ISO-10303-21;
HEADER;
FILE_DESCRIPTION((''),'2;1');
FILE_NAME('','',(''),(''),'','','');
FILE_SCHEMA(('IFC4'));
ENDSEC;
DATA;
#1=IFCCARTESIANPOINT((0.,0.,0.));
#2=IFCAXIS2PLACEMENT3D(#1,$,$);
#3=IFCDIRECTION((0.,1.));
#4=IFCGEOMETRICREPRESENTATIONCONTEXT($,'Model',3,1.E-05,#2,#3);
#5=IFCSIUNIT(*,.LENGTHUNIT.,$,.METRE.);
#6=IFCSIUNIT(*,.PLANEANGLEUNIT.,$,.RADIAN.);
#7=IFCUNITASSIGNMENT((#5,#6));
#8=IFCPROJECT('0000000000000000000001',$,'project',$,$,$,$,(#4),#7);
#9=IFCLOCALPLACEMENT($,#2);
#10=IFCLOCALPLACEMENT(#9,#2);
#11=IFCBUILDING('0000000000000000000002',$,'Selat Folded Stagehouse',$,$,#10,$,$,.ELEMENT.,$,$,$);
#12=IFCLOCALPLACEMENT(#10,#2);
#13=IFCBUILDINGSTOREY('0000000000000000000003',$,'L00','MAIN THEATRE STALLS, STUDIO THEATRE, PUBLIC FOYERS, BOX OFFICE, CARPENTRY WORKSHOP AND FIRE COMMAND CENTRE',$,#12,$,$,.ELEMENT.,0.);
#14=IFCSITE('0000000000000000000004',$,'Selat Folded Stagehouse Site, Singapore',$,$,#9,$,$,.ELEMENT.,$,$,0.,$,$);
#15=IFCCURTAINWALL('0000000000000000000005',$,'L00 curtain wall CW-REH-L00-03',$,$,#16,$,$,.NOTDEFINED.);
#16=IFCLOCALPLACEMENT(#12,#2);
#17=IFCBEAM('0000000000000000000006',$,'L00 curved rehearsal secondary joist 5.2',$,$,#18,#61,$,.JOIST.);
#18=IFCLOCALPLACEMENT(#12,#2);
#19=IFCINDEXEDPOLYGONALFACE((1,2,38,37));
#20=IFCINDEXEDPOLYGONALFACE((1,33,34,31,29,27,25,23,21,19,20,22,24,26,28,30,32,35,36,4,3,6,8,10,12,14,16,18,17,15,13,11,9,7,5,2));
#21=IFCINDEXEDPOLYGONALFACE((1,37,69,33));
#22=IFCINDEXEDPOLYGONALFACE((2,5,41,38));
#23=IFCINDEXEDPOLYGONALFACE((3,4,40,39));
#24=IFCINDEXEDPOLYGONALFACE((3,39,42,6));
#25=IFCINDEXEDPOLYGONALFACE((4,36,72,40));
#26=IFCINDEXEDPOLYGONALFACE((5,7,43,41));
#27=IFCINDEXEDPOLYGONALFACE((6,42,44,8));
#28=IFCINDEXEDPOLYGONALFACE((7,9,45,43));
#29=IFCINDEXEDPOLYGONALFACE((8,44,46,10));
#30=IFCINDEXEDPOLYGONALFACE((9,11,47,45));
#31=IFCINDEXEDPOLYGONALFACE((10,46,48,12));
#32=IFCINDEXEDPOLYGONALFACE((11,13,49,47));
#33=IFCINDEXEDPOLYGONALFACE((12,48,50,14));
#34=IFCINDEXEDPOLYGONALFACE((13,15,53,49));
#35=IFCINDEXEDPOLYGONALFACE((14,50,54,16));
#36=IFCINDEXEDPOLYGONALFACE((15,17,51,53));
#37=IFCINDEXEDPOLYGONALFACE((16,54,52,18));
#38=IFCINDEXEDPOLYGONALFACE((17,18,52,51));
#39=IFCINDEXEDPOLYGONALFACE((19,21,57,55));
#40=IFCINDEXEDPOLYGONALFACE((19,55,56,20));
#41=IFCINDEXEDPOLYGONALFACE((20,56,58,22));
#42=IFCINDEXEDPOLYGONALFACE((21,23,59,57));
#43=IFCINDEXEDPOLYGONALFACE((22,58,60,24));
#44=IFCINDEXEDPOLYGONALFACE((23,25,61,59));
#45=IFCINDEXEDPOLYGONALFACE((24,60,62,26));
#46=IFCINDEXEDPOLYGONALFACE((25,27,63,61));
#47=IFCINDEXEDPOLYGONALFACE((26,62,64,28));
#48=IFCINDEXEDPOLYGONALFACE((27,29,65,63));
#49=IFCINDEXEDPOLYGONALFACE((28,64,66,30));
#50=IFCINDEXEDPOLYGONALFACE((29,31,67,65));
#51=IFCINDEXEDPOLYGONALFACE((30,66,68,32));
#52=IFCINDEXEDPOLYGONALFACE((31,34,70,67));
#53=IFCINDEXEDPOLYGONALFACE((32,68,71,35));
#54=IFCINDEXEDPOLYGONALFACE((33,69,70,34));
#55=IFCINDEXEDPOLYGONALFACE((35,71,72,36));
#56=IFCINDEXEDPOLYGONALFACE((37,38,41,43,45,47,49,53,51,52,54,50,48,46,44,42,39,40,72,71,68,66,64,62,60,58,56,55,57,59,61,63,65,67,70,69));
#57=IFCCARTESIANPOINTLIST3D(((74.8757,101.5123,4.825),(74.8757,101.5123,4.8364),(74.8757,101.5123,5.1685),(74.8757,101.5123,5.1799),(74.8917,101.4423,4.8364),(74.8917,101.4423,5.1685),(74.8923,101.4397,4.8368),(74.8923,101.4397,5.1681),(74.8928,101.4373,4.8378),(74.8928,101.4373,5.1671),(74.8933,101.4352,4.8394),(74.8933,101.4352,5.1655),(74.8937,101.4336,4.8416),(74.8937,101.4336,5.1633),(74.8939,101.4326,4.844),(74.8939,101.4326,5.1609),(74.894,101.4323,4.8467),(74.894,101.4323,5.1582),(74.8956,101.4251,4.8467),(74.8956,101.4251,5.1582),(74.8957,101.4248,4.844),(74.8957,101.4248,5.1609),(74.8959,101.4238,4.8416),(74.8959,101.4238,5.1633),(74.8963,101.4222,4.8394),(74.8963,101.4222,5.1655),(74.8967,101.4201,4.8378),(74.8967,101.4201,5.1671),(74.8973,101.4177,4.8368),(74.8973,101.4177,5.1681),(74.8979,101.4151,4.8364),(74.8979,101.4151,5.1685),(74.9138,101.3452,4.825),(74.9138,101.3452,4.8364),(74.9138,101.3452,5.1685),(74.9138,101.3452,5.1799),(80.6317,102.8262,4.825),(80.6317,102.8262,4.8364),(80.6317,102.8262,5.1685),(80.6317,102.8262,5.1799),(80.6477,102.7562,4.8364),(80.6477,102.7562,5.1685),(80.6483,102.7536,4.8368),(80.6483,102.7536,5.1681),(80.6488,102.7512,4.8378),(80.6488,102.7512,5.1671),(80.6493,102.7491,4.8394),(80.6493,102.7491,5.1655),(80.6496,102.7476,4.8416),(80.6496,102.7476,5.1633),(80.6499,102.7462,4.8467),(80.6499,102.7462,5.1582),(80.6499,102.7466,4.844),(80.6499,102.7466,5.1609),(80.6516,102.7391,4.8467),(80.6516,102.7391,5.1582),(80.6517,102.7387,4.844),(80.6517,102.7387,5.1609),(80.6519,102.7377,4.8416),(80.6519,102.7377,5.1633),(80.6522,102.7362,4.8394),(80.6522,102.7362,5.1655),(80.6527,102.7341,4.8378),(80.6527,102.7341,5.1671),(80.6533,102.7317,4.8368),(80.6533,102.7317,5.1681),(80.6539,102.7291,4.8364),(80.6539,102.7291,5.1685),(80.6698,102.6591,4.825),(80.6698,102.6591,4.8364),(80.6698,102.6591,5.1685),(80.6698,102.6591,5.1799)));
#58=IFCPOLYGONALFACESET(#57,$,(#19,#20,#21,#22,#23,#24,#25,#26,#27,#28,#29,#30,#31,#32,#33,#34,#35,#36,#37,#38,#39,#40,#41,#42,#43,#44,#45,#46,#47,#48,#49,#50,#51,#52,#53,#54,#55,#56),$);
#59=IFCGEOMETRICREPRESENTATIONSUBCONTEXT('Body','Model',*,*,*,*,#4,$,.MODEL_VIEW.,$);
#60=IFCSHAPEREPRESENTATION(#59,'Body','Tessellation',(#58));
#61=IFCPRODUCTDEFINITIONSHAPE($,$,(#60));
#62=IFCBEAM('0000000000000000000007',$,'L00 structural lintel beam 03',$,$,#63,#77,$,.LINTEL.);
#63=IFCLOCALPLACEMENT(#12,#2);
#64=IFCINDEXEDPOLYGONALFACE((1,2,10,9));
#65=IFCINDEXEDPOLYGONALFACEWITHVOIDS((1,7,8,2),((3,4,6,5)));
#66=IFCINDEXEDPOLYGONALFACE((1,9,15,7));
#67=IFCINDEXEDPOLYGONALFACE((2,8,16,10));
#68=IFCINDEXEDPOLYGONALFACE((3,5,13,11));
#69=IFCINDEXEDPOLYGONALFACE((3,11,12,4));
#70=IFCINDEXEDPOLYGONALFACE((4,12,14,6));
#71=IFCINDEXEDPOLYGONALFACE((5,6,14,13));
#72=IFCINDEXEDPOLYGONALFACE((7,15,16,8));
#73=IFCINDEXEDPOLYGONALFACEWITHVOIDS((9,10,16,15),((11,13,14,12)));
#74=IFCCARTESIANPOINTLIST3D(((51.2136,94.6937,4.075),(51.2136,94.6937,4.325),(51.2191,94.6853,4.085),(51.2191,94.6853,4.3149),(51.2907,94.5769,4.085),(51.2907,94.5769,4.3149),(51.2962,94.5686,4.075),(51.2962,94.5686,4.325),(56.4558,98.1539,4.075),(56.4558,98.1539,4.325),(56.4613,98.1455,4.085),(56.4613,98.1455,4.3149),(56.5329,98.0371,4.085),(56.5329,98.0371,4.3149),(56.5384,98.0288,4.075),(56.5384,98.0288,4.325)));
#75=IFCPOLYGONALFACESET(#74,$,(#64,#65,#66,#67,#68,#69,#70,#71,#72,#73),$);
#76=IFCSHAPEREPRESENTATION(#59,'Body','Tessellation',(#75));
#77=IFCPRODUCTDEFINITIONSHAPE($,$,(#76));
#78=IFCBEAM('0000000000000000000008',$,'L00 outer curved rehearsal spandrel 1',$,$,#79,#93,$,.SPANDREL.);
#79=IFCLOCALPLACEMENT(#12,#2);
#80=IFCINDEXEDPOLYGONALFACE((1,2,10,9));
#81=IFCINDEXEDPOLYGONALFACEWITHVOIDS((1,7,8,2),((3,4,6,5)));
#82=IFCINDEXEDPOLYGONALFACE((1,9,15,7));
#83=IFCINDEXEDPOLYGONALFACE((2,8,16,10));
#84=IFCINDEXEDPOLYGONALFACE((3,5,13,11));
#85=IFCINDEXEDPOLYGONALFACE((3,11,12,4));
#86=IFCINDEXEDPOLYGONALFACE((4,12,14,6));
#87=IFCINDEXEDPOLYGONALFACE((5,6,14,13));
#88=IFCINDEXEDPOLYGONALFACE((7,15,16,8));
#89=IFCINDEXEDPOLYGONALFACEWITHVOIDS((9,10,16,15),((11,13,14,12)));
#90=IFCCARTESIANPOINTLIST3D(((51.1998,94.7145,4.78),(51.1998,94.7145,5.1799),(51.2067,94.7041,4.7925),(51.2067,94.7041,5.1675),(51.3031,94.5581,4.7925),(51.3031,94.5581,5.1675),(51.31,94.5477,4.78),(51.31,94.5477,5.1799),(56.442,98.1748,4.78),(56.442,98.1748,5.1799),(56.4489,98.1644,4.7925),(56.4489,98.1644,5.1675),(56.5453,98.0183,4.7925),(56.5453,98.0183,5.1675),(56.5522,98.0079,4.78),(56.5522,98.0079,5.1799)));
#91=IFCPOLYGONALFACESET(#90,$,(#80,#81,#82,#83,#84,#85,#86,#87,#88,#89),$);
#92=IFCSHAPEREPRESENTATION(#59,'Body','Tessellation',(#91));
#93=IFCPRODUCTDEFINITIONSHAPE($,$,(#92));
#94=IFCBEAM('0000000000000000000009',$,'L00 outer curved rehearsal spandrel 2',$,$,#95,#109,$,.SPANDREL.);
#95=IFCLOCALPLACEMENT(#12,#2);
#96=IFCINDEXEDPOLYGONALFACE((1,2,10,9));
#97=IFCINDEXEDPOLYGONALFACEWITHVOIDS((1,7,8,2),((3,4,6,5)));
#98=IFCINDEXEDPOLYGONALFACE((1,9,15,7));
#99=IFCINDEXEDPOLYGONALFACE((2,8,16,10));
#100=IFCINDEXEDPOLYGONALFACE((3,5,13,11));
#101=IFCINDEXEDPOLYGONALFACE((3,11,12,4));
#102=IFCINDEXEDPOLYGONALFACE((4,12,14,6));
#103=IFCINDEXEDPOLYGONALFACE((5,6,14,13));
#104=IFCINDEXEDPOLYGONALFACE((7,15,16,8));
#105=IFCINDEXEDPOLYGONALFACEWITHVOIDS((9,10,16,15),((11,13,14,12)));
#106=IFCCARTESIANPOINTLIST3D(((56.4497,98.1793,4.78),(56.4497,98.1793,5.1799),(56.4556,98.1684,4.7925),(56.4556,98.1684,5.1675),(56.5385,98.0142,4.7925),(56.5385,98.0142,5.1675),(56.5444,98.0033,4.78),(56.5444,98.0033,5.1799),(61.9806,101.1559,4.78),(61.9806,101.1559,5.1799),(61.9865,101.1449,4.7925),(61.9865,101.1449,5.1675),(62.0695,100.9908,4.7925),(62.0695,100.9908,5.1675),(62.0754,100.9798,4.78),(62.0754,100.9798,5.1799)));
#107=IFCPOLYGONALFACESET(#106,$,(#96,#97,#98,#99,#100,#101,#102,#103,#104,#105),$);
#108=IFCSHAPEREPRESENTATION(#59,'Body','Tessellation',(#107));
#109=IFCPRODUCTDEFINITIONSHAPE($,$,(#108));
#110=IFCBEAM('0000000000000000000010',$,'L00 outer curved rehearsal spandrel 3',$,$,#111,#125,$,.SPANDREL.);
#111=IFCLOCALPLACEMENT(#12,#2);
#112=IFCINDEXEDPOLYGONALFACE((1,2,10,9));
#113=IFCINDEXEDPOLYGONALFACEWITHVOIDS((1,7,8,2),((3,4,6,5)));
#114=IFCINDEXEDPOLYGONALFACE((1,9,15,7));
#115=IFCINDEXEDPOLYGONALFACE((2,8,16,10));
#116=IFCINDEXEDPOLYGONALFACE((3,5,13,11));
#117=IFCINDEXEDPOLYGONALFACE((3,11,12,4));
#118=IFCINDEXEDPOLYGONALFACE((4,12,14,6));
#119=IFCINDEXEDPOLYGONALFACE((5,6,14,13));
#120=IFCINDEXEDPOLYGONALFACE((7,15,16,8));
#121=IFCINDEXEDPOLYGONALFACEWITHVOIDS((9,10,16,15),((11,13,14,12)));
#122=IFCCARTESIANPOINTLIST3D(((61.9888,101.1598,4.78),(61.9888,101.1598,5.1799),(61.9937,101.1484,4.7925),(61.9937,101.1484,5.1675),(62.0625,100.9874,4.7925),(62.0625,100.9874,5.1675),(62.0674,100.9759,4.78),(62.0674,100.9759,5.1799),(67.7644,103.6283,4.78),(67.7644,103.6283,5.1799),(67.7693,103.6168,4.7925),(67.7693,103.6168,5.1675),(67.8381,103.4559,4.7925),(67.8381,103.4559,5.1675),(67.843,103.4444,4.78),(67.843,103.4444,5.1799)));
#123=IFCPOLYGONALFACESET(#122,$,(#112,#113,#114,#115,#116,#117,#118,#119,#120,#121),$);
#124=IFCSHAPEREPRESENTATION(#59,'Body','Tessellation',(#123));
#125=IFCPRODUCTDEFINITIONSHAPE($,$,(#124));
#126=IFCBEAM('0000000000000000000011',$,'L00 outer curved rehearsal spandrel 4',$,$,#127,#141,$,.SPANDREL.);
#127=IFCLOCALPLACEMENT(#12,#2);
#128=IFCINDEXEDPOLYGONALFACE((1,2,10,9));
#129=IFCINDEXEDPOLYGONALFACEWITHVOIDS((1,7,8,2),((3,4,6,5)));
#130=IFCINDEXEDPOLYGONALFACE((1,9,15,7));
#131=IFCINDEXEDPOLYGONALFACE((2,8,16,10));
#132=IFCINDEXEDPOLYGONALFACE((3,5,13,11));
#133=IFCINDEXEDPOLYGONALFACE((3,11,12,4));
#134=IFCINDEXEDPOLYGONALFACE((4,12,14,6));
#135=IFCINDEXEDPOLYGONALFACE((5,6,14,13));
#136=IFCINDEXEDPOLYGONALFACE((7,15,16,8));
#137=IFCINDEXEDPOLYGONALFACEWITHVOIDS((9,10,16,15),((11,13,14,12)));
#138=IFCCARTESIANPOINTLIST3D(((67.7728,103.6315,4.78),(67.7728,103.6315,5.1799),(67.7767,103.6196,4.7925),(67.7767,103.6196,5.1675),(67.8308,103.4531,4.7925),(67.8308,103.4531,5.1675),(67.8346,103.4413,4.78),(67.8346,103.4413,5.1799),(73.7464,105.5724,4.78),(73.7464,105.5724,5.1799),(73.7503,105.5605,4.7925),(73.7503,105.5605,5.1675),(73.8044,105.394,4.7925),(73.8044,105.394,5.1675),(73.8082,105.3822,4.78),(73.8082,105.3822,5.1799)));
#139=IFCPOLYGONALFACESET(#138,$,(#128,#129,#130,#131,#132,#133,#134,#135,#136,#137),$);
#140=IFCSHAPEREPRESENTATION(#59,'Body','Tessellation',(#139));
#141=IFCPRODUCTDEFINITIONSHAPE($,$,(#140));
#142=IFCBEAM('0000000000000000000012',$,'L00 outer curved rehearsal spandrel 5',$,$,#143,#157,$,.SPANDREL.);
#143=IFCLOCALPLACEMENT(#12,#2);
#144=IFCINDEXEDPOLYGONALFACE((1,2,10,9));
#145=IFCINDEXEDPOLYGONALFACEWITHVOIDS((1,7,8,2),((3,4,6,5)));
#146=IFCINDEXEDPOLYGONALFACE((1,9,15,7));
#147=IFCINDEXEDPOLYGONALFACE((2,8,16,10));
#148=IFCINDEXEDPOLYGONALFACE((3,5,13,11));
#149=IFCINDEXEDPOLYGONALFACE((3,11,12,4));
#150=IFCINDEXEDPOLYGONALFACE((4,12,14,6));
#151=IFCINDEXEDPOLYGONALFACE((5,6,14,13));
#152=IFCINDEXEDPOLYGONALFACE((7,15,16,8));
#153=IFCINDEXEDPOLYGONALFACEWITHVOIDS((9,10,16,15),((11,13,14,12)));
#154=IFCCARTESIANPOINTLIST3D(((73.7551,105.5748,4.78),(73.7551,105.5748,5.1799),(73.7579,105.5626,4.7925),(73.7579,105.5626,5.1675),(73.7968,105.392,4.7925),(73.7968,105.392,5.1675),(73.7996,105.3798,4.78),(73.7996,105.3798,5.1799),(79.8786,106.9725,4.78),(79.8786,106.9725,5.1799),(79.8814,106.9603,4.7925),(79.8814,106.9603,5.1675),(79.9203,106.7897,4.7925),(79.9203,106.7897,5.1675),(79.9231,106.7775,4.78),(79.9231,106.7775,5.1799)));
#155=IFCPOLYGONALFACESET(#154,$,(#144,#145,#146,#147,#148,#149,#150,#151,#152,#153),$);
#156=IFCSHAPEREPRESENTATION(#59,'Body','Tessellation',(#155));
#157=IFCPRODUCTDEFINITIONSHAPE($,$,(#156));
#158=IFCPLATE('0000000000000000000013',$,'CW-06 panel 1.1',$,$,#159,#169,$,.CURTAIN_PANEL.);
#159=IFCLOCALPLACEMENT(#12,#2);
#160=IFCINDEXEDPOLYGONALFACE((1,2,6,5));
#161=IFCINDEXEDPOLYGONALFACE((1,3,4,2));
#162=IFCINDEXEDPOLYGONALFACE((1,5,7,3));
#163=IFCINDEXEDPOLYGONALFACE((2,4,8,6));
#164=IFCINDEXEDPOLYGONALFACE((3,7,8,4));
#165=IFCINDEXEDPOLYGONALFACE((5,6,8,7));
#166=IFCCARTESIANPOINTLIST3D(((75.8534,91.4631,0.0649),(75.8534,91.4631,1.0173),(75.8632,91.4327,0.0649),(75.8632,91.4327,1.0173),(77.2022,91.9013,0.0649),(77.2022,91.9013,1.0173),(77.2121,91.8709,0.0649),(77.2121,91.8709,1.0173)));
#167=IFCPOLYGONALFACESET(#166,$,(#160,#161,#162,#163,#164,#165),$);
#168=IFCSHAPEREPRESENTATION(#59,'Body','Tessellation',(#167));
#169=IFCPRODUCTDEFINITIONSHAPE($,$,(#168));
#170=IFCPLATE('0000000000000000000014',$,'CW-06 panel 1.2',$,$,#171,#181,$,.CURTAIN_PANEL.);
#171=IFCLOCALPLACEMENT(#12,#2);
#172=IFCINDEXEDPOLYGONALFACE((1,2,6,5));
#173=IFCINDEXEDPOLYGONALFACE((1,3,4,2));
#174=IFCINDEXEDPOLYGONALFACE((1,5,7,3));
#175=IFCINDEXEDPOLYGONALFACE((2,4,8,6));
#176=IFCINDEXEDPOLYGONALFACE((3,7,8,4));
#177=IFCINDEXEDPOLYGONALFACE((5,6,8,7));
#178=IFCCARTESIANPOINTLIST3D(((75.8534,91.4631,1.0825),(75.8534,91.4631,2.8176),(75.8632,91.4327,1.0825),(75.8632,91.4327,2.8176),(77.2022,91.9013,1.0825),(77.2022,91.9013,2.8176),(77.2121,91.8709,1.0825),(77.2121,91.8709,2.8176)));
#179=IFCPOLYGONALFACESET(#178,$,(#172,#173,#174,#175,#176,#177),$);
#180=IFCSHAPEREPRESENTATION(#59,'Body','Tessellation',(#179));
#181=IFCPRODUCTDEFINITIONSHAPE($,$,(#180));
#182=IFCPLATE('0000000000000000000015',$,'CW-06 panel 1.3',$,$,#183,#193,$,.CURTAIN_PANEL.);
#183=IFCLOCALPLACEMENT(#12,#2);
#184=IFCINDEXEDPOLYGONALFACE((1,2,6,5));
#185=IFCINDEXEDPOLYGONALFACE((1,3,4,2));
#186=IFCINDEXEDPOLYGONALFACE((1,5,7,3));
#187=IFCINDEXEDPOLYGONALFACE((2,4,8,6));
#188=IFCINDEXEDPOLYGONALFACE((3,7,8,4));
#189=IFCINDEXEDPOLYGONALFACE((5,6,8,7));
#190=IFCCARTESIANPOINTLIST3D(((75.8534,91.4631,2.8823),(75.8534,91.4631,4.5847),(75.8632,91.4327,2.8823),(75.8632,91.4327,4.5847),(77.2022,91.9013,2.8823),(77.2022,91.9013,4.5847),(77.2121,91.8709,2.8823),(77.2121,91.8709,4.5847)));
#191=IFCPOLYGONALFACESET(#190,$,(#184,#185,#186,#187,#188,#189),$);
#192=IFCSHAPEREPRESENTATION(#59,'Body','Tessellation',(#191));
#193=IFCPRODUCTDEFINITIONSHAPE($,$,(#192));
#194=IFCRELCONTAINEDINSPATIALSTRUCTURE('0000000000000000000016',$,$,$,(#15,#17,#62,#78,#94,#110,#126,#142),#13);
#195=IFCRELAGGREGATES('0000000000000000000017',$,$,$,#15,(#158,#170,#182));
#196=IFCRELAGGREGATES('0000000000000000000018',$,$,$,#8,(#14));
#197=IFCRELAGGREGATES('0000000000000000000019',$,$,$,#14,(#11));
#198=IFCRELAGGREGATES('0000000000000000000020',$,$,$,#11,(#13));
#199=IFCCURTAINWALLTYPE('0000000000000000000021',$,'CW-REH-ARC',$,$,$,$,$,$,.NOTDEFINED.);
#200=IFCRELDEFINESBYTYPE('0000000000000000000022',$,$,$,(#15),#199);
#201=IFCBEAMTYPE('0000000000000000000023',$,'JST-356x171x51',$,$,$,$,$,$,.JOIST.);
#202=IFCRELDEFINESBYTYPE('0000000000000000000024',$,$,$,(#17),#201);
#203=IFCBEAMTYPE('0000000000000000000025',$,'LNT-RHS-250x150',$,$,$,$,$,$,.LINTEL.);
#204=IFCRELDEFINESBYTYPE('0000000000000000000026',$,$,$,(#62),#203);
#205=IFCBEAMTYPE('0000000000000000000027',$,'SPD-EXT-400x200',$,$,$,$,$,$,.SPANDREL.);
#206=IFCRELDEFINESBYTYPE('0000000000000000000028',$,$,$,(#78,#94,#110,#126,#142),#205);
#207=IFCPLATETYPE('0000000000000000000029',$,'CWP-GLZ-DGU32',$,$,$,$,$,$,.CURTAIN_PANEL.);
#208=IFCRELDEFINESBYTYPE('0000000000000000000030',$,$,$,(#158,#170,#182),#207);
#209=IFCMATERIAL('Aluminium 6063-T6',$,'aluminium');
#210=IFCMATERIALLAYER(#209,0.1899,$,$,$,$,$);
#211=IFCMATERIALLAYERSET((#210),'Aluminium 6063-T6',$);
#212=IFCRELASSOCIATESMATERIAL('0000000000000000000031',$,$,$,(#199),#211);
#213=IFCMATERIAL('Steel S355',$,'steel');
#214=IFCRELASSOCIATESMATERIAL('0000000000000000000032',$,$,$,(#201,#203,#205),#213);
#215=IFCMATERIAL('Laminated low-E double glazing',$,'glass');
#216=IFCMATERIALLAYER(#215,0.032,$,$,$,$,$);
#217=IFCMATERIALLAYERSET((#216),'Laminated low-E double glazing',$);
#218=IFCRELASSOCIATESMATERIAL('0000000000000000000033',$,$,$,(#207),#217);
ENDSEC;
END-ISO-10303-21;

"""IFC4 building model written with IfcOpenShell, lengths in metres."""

from ifc_helpers import new_model, si_unit, direction, frame, origin, origin_2d, place, context, subcontext, project, spatial, rectangle, hollow_rectangle, i_section, extrude, material, layer, layer_set, material_profile, profile_set, type_object, element, aggregate, save


model = new_model("IFC4")

# Units and contexts
model_context = context("Model", 3, precision=1e-05, world=origin(), true_north=direction((0.0, 1.0)))
body_context = subcontext(model_context, "Body", "Model", "MODEL_VIEW")
ifc_project = project(units=[si_unit("LENGTHUNIT", "METRE"), si_unit("PLANEANGLEUNIT", "RADIAN")], contexts=[model_context])

# Site, building, storey
site_placement = place(None, origin())
site = spatial("IfcSite", under=ifc_project, at=site_placement, Name="Selat Folded Stagehouse Site, Singapore", CompositionType="ELEMENT", RefElevation=0.0)
building_placement = place(site_placement, origin())
building = spatial("IfcBuilding", under=site, at=building_placement, Name="Selat Folded Stagehouse", CompositionType="ELEMENT")
storey_placement = place(building_placement, origin())
storey = spatial("IfcBuildingStorey", under=building, at=storey_placement, Name="L00", Description="MAIN THEATRE STALLS, STUDIO THEATRE, PUBLIC FOYERS, BOX OFFICE, CARPENTRY WORKSHOP AND FIRE COMMAND CENTRE", CompositionType="ELEMENT", Elevation=0.0)

# Shared definitions
ifc_material_1 = material(Name="Steel S355", Category="steel")

# Curtain wall
ifc_material_2 = material(Name="Aluminium 6063-T6", Category="aluminium")
ifc_layer_1 = layer(ifc_material_2, 0.1899)
ifc_layer_set_1 = layer_set([ifc_layer_1], Name="Aluminium 6063-T6")
curtain_wall_type = type_object("IfcCurtainWallType", Name="CW-REH-ARC", PredefinedType="NOTDEFINED", material=ifc_layer_set_1)
curtain_wall_placement = place(storey_placement, origin())
curtain_wall = element("IfcCurtainWall", 1, at=curtain_wall_placement, inside=storey, type_object=curtain_wall_type, Name="L00 curtain wall CW-REH-L00-03", PredefinedType="NOTDEFINED")

# Beams
ifc_material_profile_1 = material_profile(ifc_material_1, i_section(OverallWidth=0.1714, OverallDepth=0.355, WebThickness=0.0073, FlangeThickness=0.0115, FilletRadius=0.0103, at=origin_2d()), Name="UKB 356x171x51")
ifc_profile_set_1 = profile_set([ifc_material_profile_1], Name="Steel S355")
beam_type_1 = type_object("IfcBeamType", Name="JST-356x171x51", PredefinedType="JOIST", material=ifc_profile_set_1)
beam_1_placement = place(storey_placement, frame((74.8948, 101.4287, 5.0024), z_axis=(0.974922, 0.222549, 0.0), x_axis=(-0.222549, 0.974922, 0.0)))
element("IfcBeam", 2, at=beam_1_placement, inside=storey, type_object=beam_type_1, Name="L00 curved rehearsal secondary joist 5.2", PredefinedType="JOIST", context=body_context, shape_type="SweptSolid", body=[
    extrude(i_section(OverallWidth=0.1714, OverallDepth=0.355, WebThickness=0.0073, FlangeThickness=0.0115, FilletRadius=0.0103, at=origin_2d()), origin(), (0.0, 0.0, 1.0), 5.9041),
])
ifc_material_profile_2 = material_profile(ifc_material_1, hollow_rectangle(XDim=0.1499, YDim=0.25, WallThickness=0.01, at=origin_2d()), Name="RHS 250x150x10.0")
ifc_profile_set_2 = profile_set([ifc_material_profile_2], Name="Steel S355")
beam_type_2 = type_object("IfcBeamType", Name="LNT-RHS-250x150", PredefinedType="LINTEL", material=ifc_profile_set_2)
beam_2_placement = place(storey_placement, frame((51.2549, 94.6311, 4.2), z_axis=(0.834583, 0.550882, 0.0), x_axis=(-0.550882, 0.834583, 0.0)))
element("IfcBeam", 3, at=beam_2_placement, inside=storey, type_object=beam_type_2, Name="L00 structural lintel beam 03", PredefinedType="LINTEL", context=body_context, shape_type="SweptSolid", body=[
    extrude(hollow_rectangle(XDim=0.1499, YDim=0.25, WallThickness=0.01, at=origin_2d()), origin(), (0.0, 0.0, 1.0), 6.2812),
])
ifc_material_profile_3 = material_profile(ifc_material_1, hollow_rectangle(XDim=0.2, YDim=0.3999, WallThickness=0.0125, at=origin_2d()), Name="RHS 400x200x12.5")
ifc_profile_set_3 = profile_set([ifc_material_profile_3], Name="Steel S355")
beam_type_3 = type_object("IfcBeamType", Name="SPD-EXT-400x200", PredefinedType="SPANDREL", material=ifc_profile_set_3)
beam_3_placement = place(storey_placement, frame((51.2549, 94.6311, 4.98), z_axis=(0.834583, 0.550882, 0.0), x_axis=(-0.550882, 0.834583, 0.0)))
element("IfcBeam", 4, at=beam_3_placement, inside=storey, type_object=beam_type_3, Name="L00 outer curved rehearsal spandrel 1", PredefinedType="SPANDREL", context=body_context, shape_type="SweptSolid", body=[
    extrude(hollow_rectangle(XDim=0.2, YDim=0.3999, WallThickness=0.0125, at=origin_2d()), origin(), (0.0, 0.0, 1.0), 6.2812),
])
for number, where, z_axis, x_axis, name in (
    (5, (56.4971, 98.0913, 4.98), (0.880582, 0.473894, 0.0), (-0.473894, 0.880582, 0.0), "L00 outer curved rehearsal spandrel 2"),
    (6, (62.0281, 101.0679, 4.98), (0.919535, 0.393009, 0.0), (-0.393009, 0.919535, 0.0), "L00 outer curved rehearsal spandrel 3"),
    (7, (67.8037, 103.5364, 4.98), (0.951058, 0.309012, 0.0), (-0.309012, 0.951058, 0.0), "L00 outer curved rehearsal spandrel 4"),
    (8, (73.7773, 105.4773, 4.98), (0.974926, 0.222528, 0.0), (-0.222528, 0.974926, 0.0), "L00 outer curved rehearsal spandrel 5"),
):
    element("IfcBeam", number, at=place(storey_placement, frame(where, z_axis=z_axis, x_axis=x_axis)), inside=storey, type_object=beam_type_3, Name=name, PredefinedType="SPANDREL", context=body_context, shape_type="SweptSolid", body=[
        extrude(hollow_rectangle(XDim=0.2, YDim=0.3999, WallThickness=0.0125, at=origin_2d()), origin(), (0.0, 0.0, 1.0), 6.281),
    ])

# Plates
ifc_material_3 = material(Name="Laminated low-E double glazing", Category="glass")
ifc_layer_2 = layer(ifc_material_3, 0.032)
ifc_layer_set_2 = layer_set([ifc_layer_2], Name="Laminated low-E double glazing")
plate_type = type_object("IfcPlateType", Name="CWP-GLZ-DGU32", PredefinedType="CURTAIN_PANEL", material=ifc_layer_set_2)
plate_1_placement = place(storey_placement, frame((76.5327, 91.667, 0.0649), z_axis=(0.0, 0.0, 1.0), x_axis=(-0.951065, -0.308992, 0.0)))
plate_1 = element("IfcPlate", 9, at=plate_1_placement, type_object=plate_type, Name="CW-06 panel 1.1", PredefinedType="CURTAIN_PANEL", context=body_context, shape_type="SweptSolid", body=[
    extrude(rectangle(XDim=1.4182, YDim=0.032, at=origin_2d()), origin(), (0.0, 0.0, 1.0), 0.9524),
])
plate_2_placement = place(storey_placement, frame((76.5327, 91.667, 1.0825), z_axis=(0.0, 0.0, 1.0), x_axis=(-0.951065, -0.308992, 0.0)))
plate_2 = element("IfcPlate", 10, at=plate_2_placement, type_object=plate_type, Name="CW-06 panel 1.2", PredefinedType="CURTAIN_PANEL", context=body_context, shape_type="SweptSolid", body=[
    extrude(rectangle(XDim=1.4182, YDim=0.032, at=origin_2d()), origin(), (0.0, 0.0, 1.0), 1.7351),
])
plate_3_placement = place(storey_placement, frame((76.5327, 91.667, 2.8823), z_axis=(0.0, 0.0, 1.0), x_axis=(-0.951065, -0.308992, 0.0)))
plate_3 = element("IfcPlate", 11, at=plate_3_placement, type_object=plate_type, Name="CW-06 panel 1.3", PredefinedType="CURTAIN_PANEL", context=body_context, shape_type="SweptSolid", body=[
    extrude(rectangle(XDim=1.4182, YDim=0.032, at=origin_2d()), origin(), (0.0, 0.0, 1.0), 1.7024),
])
aggregate(curtain_wall, [plate_1, plate_2, plate_3])

save(model, "model.ifc")
